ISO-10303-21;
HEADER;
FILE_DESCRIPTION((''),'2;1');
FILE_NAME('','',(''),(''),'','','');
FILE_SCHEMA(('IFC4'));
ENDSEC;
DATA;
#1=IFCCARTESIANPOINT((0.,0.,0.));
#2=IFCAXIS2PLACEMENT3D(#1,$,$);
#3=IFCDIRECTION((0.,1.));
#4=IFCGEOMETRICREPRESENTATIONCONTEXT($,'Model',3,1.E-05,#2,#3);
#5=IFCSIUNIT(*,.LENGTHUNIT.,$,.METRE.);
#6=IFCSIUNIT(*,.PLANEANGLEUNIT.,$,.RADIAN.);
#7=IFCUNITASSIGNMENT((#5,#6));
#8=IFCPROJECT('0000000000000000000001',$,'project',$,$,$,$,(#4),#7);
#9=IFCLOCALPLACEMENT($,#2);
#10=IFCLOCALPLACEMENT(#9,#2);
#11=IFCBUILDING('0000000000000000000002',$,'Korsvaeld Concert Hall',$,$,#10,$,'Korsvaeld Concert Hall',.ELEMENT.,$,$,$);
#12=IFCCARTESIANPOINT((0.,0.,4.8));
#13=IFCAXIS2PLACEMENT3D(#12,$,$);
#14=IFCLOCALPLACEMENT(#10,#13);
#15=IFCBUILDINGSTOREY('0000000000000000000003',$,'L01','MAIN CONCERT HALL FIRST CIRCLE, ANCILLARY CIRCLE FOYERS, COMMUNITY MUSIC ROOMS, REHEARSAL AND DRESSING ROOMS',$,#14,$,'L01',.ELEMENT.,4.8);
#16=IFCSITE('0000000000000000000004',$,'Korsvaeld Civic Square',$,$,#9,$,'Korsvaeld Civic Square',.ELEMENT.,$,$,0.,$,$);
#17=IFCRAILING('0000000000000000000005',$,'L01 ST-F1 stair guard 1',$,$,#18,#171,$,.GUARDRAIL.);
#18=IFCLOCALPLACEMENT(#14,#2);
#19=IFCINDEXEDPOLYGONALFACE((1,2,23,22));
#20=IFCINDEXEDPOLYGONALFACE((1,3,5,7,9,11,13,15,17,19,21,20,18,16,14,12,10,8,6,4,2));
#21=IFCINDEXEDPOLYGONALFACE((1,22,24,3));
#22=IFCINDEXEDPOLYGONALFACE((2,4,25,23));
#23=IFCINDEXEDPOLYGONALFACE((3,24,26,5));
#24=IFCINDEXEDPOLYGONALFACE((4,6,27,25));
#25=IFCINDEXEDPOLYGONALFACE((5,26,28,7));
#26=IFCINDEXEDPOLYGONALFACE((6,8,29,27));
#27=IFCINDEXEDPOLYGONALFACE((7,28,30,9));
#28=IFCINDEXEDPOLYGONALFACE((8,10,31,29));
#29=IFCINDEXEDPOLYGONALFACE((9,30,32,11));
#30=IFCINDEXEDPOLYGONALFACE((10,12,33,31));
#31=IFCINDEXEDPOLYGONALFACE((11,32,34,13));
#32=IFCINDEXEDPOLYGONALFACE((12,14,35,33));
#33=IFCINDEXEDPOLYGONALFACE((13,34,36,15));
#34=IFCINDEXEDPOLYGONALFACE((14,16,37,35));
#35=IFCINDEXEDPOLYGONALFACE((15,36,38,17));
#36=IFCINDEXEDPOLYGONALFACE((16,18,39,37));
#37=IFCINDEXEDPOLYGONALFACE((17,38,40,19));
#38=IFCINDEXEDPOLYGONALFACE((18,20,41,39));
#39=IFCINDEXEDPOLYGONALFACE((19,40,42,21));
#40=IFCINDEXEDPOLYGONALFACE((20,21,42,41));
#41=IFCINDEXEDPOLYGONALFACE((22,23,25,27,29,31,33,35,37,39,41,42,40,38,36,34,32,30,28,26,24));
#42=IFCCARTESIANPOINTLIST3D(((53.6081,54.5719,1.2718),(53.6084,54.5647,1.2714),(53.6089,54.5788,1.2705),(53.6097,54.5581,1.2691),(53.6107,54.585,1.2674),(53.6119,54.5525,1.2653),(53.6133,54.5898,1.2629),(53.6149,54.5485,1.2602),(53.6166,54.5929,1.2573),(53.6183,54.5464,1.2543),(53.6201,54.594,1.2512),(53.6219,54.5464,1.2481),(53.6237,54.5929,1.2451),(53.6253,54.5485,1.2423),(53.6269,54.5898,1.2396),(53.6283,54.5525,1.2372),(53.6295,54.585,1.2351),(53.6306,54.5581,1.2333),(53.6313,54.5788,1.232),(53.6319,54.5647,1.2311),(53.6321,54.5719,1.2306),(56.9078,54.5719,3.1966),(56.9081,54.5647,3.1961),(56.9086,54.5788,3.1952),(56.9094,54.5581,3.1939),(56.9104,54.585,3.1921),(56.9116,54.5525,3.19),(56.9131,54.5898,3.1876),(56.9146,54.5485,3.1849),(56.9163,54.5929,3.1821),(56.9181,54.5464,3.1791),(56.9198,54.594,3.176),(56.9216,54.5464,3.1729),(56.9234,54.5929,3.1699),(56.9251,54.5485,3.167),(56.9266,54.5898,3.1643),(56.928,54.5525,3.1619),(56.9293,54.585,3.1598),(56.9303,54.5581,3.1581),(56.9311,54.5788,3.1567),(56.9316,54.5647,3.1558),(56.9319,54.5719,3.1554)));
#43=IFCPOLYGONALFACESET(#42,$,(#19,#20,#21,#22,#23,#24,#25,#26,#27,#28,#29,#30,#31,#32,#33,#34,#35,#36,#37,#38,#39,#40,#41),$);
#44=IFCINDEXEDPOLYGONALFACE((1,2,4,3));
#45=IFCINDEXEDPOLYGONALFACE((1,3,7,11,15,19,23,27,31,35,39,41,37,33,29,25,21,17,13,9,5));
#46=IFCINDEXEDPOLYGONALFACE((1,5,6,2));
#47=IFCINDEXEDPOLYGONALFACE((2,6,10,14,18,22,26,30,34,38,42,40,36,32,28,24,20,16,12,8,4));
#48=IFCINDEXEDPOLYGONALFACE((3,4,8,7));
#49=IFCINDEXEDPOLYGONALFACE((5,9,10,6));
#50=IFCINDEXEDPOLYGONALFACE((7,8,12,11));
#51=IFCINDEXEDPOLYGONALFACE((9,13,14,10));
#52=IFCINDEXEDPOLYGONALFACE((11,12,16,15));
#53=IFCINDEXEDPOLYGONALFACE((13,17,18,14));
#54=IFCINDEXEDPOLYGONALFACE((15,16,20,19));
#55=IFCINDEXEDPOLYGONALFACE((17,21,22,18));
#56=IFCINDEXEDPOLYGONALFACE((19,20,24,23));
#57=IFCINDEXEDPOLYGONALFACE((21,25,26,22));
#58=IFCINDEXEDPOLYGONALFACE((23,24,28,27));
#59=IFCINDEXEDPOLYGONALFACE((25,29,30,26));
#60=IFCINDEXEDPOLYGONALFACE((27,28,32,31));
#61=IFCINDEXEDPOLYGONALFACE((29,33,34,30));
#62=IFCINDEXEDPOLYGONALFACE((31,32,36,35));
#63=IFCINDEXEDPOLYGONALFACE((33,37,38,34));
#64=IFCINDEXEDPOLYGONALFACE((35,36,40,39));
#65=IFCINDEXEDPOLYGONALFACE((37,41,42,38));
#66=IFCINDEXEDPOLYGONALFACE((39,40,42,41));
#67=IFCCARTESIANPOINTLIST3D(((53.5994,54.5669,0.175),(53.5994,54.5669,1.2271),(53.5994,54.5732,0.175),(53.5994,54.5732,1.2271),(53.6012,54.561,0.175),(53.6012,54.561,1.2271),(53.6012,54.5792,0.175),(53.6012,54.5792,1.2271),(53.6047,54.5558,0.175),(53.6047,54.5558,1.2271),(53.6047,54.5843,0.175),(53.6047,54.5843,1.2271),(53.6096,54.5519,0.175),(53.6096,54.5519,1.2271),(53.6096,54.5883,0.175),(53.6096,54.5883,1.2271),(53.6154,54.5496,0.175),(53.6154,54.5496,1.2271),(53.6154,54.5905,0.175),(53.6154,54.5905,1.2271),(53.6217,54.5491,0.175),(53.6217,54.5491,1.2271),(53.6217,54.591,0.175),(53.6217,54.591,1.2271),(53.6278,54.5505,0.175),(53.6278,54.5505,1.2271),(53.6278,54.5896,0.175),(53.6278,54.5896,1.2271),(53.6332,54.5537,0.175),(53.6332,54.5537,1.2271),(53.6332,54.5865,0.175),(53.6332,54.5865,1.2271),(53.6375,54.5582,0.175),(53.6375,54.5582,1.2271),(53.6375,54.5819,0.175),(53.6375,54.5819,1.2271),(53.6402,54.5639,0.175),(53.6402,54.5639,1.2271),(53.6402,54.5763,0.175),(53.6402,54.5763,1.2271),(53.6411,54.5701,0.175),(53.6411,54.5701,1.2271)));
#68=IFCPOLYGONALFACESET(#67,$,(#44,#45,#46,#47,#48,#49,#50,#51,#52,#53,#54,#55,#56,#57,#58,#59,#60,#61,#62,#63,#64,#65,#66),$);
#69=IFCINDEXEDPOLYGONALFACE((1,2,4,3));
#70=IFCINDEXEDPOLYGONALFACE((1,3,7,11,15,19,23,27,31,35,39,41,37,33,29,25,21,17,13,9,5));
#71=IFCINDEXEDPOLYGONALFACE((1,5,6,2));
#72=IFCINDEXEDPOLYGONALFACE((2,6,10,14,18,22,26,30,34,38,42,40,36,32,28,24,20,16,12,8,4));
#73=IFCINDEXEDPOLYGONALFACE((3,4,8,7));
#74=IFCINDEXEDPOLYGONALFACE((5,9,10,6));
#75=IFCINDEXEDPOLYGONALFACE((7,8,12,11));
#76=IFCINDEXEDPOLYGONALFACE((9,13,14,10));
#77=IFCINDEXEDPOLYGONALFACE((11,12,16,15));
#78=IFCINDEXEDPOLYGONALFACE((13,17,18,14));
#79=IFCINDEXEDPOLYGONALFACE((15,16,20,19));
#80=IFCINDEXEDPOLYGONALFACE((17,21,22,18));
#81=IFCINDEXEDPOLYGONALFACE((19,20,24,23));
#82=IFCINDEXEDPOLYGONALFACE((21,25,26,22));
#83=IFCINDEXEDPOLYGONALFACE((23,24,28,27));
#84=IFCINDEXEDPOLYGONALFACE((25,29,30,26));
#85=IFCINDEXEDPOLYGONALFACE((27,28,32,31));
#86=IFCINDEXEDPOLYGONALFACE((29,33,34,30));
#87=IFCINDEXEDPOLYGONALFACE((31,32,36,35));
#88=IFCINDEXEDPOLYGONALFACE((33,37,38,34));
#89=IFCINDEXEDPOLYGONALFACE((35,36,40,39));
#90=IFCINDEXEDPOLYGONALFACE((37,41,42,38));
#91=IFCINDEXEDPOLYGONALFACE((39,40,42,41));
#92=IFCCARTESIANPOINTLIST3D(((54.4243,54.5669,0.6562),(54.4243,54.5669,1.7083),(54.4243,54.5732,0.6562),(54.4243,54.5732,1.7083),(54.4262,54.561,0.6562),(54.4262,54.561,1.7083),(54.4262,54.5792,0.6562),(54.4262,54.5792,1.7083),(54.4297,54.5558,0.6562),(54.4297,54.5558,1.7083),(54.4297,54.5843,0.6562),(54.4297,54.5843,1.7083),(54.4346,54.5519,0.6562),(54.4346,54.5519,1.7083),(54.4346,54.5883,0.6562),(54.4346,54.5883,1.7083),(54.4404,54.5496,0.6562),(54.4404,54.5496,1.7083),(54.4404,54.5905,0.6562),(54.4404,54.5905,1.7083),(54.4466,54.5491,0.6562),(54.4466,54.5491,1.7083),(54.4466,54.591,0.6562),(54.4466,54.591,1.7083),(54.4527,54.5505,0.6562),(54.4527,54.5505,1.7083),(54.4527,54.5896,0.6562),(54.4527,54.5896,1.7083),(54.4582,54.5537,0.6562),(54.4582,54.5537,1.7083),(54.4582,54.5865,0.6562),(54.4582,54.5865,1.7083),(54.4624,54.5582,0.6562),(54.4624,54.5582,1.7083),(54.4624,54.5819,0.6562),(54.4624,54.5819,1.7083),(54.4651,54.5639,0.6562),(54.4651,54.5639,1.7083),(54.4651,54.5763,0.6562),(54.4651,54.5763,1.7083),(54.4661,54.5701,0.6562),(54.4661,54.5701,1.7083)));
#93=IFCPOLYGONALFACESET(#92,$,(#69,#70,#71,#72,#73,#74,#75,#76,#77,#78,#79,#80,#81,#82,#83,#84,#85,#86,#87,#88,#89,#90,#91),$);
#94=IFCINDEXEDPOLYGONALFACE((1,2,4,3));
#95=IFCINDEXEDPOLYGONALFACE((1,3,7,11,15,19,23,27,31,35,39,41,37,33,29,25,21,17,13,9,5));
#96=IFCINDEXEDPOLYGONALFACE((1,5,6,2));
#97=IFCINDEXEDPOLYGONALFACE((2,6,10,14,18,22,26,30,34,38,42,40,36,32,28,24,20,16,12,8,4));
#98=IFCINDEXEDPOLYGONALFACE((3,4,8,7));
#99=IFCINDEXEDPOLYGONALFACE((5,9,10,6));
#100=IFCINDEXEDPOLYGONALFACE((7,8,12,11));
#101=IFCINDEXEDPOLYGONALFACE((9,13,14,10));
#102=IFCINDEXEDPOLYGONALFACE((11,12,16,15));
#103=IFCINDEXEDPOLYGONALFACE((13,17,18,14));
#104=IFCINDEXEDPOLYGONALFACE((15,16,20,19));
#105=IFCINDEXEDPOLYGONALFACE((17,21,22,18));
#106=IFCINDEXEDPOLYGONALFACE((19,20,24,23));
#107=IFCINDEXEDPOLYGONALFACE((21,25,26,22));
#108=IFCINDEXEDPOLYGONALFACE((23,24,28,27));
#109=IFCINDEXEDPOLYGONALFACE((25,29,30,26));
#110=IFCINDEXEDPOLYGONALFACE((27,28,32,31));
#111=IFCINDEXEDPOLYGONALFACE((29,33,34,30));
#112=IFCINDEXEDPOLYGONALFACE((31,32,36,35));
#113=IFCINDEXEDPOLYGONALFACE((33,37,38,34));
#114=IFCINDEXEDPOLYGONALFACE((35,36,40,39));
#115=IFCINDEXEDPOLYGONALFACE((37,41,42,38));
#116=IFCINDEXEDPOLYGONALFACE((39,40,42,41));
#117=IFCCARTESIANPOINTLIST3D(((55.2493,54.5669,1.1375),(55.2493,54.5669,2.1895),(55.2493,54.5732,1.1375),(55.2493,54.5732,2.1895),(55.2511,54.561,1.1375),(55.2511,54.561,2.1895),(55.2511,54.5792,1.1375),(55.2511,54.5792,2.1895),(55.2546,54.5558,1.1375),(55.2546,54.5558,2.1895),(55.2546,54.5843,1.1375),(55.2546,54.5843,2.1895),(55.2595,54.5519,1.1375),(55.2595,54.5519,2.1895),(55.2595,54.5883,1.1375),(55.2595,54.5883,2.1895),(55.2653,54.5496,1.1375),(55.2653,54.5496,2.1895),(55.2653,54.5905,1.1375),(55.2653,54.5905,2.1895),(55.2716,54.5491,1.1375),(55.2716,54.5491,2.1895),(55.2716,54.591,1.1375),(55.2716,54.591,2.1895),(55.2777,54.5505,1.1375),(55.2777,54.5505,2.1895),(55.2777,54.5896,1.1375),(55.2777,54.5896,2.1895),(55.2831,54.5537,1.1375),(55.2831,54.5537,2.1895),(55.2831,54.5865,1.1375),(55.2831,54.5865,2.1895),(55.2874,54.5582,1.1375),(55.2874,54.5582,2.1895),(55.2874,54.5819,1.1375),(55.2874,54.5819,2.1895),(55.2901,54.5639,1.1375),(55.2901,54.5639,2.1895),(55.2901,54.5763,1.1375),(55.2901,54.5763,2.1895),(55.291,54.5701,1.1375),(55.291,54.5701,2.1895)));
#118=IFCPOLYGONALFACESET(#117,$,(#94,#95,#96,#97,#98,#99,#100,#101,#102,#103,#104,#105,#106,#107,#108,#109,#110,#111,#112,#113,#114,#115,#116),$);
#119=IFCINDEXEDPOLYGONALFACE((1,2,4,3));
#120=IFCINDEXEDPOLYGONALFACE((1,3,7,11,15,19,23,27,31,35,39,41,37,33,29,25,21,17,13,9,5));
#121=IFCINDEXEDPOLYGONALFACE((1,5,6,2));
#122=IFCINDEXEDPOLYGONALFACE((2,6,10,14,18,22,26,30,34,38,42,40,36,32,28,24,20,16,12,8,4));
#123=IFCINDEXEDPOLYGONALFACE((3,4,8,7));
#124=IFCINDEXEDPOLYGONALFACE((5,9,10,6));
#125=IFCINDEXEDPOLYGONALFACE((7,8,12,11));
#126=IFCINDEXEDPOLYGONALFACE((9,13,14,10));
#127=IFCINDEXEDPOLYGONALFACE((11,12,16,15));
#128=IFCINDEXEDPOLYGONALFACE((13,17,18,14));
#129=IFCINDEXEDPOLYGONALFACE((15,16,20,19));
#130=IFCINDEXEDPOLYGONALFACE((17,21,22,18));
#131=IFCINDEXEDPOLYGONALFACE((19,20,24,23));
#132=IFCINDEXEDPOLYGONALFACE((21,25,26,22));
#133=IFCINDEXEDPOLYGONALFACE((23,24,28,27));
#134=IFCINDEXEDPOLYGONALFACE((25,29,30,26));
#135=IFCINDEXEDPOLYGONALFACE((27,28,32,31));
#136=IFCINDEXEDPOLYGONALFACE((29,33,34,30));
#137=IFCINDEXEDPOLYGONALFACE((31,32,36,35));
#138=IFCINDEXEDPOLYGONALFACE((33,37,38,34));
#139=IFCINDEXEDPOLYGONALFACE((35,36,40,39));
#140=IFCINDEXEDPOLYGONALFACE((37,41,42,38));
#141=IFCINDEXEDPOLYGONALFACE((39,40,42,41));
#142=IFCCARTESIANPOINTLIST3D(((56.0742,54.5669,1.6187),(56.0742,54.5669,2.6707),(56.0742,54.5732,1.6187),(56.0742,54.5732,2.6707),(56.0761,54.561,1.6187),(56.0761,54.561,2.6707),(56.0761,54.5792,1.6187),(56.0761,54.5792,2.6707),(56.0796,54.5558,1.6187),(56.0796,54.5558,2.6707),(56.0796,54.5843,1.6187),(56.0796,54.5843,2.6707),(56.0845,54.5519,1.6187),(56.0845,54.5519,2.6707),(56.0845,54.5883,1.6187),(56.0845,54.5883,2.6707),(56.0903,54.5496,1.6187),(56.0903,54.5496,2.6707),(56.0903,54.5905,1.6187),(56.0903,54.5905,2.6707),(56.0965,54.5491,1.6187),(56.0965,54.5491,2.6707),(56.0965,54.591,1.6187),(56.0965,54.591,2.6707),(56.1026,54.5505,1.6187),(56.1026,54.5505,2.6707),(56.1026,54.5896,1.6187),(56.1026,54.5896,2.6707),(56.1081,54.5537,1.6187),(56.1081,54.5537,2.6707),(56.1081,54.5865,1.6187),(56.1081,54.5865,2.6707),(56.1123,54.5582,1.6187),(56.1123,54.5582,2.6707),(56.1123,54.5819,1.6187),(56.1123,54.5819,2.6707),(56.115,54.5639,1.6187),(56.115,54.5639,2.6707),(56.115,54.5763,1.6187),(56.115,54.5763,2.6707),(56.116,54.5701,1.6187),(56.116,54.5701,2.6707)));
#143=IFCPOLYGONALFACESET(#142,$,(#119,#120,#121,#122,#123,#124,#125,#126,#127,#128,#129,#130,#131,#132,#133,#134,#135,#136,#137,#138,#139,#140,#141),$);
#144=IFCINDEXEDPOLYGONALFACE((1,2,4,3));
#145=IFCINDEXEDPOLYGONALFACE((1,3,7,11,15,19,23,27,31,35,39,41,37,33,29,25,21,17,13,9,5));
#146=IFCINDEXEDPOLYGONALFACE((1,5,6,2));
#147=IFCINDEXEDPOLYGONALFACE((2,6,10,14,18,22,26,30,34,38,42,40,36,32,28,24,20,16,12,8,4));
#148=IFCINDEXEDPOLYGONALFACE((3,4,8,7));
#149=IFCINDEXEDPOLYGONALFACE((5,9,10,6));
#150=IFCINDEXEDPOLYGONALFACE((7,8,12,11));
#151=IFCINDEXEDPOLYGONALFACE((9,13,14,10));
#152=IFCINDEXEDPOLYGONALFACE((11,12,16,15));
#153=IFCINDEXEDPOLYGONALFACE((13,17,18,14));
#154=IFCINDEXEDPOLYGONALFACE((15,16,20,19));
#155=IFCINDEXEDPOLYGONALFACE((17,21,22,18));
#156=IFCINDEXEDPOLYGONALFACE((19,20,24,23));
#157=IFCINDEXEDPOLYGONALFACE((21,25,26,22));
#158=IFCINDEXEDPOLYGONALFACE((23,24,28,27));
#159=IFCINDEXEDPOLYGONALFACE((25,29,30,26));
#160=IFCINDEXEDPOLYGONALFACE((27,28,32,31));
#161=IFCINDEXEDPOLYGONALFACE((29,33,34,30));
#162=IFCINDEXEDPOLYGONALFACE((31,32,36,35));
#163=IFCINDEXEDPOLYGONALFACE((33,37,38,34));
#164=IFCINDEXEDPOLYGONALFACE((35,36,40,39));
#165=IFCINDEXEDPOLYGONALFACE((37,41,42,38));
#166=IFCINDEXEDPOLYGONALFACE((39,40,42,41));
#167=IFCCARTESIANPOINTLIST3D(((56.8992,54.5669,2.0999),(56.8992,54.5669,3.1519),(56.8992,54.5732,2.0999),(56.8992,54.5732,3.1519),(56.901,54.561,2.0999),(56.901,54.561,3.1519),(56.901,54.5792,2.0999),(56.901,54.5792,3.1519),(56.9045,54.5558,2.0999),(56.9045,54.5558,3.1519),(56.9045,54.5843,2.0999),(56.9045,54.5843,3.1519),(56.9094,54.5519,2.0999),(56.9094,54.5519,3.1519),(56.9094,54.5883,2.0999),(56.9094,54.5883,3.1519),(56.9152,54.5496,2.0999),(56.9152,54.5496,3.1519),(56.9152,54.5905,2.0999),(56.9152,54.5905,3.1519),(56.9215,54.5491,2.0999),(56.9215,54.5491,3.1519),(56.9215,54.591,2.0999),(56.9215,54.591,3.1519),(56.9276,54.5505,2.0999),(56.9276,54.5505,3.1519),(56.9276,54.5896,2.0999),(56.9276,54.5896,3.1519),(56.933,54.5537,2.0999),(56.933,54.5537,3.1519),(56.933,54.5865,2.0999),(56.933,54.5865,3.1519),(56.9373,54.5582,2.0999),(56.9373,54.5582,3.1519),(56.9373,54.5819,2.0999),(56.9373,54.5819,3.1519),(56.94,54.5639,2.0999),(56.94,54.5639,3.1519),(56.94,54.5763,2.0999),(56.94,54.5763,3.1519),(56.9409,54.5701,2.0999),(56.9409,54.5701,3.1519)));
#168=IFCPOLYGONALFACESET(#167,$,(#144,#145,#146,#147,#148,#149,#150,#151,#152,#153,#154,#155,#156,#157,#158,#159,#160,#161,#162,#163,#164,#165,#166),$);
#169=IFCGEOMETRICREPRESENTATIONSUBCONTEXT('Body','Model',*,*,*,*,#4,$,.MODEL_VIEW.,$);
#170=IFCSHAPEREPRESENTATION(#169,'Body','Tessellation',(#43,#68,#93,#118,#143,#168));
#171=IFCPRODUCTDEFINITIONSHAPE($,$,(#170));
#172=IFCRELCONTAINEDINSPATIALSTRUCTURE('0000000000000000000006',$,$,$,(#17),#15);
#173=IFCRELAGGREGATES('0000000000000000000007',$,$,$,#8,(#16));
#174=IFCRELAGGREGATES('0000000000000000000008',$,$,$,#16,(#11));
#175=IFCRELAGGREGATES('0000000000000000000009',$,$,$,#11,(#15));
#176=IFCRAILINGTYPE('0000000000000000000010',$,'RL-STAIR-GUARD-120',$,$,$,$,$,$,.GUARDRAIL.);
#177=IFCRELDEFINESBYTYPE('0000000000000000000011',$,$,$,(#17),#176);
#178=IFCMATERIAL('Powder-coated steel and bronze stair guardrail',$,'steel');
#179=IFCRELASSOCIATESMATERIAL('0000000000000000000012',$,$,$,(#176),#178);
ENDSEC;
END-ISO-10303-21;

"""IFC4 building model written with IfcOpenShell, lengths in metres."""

from ifc_helpers import new_model, si_unit, direction, frame, origin, origin_2d, place, context, subcontext, project, spatial, circle, extrude, material, type_object, element, save


model = new_model("IFC4")

# Units and contexts
model_context = context("Model", 3, precision=1e-05, world=origin(), true_north=direction((0.0, 1.0)))
body_context = subcontext(model_context, "Body", "Model", "MODEL_VIEW")
ifc_project = project(units=[si_unit("LENGTHUNIT", "METRE"), si_unit("PLANEANGLEUNIT", "RADIAN")], contexts=[model_context])

# Site, building, storey
site_placement = place(None, origin())
site = spatial("IfcSite", under=ifc_project, at=site_placement, Name="Korsvaeld Civic Square", LongName="Korsvaeld Civic Square", CompositionType="ELEMENT", RefElevation=0.0)
building_placement = place(site_placement, origin())
building = spatial("IfcBuilding", under=site, at=building_placement, Name="Korsvaeld Concert Hall", LongName="Korsvaeld Concert Hall", CompositionType="ELEMENT")
storey_placement = place(building_placement, frame((0.0, 0.0, 4.8)))
storey = spatial("IfcBuildingStorey", under=building, at=storey_placement, Name="L01", Description="MAIN CONCERT HALL FIRST CIRCLE, ANCILLARY CIRCLE FOYERS, COMMUNITY MUSIC ROOMS, REHEARSAL AND DRESSING ROOMS", LongName="L01", CompositionType="ELEMENT", Elevation=4.8)

# Railing
ifc_material_1 = material(Name="Powder-coated steel and bronze stair guardrail", Category="steel")
railing_type_1 = type_object("IfcRailingType", Name="RL-STAIR-GUARD-120", PredefinedType="GUARDRAIL", material=ifc_material_1)
railing_1_placement = place(storey_placement, frame((53.6201, 54.5701, 0.175)))
element("IfcRailing", 1, at=railing_1_placement, inside=storey, type_object=railing_type_1, Name="L01 ST-F1 stair guard 1", PredefinedType="GUARDRAIL", context=body_context, shape_type="SweptSolid", body=[
    extrude(circle(Radius=0.0239, at=origin_2d()), frame((0.0, 0.0, 1.0762), z_axis=(0.863788, 0.0, 0.503855), x_axis=(0.0, 1.0, 0.0)), (0.0, 0.0, 1.0), 3.8201),
    extrude(circle(Radius=0.021, at=origin_2d()), origin(), (0.0, 0.0, 1.0), 1.052),
    extrude(circle(Radius=0.021, at=origin_2d()), frame((0.825, 0.0, 0.4812)), (0.0, 0.0, 1.0), 1.052),
    extrude(circle(Radius=0.021, at=origin_2d()), frame((1.6499, 0.0, 0.9624)), (0.0, 0.0, 1.0), 1.052),
    extrude(circle(Radius=0.021, at=origin_2d()), frame((2.4749, 0.0, 1.4436)), (0.0, 0.0, 1.0), 1.052),
    extrude(circle(Radius=0.021, at=origin_2d()), frame((3.2998, 0.0, 1.9248)), (0.0, 0.0, 1.0), 1.052),
])

save(model, "model.ifc")
